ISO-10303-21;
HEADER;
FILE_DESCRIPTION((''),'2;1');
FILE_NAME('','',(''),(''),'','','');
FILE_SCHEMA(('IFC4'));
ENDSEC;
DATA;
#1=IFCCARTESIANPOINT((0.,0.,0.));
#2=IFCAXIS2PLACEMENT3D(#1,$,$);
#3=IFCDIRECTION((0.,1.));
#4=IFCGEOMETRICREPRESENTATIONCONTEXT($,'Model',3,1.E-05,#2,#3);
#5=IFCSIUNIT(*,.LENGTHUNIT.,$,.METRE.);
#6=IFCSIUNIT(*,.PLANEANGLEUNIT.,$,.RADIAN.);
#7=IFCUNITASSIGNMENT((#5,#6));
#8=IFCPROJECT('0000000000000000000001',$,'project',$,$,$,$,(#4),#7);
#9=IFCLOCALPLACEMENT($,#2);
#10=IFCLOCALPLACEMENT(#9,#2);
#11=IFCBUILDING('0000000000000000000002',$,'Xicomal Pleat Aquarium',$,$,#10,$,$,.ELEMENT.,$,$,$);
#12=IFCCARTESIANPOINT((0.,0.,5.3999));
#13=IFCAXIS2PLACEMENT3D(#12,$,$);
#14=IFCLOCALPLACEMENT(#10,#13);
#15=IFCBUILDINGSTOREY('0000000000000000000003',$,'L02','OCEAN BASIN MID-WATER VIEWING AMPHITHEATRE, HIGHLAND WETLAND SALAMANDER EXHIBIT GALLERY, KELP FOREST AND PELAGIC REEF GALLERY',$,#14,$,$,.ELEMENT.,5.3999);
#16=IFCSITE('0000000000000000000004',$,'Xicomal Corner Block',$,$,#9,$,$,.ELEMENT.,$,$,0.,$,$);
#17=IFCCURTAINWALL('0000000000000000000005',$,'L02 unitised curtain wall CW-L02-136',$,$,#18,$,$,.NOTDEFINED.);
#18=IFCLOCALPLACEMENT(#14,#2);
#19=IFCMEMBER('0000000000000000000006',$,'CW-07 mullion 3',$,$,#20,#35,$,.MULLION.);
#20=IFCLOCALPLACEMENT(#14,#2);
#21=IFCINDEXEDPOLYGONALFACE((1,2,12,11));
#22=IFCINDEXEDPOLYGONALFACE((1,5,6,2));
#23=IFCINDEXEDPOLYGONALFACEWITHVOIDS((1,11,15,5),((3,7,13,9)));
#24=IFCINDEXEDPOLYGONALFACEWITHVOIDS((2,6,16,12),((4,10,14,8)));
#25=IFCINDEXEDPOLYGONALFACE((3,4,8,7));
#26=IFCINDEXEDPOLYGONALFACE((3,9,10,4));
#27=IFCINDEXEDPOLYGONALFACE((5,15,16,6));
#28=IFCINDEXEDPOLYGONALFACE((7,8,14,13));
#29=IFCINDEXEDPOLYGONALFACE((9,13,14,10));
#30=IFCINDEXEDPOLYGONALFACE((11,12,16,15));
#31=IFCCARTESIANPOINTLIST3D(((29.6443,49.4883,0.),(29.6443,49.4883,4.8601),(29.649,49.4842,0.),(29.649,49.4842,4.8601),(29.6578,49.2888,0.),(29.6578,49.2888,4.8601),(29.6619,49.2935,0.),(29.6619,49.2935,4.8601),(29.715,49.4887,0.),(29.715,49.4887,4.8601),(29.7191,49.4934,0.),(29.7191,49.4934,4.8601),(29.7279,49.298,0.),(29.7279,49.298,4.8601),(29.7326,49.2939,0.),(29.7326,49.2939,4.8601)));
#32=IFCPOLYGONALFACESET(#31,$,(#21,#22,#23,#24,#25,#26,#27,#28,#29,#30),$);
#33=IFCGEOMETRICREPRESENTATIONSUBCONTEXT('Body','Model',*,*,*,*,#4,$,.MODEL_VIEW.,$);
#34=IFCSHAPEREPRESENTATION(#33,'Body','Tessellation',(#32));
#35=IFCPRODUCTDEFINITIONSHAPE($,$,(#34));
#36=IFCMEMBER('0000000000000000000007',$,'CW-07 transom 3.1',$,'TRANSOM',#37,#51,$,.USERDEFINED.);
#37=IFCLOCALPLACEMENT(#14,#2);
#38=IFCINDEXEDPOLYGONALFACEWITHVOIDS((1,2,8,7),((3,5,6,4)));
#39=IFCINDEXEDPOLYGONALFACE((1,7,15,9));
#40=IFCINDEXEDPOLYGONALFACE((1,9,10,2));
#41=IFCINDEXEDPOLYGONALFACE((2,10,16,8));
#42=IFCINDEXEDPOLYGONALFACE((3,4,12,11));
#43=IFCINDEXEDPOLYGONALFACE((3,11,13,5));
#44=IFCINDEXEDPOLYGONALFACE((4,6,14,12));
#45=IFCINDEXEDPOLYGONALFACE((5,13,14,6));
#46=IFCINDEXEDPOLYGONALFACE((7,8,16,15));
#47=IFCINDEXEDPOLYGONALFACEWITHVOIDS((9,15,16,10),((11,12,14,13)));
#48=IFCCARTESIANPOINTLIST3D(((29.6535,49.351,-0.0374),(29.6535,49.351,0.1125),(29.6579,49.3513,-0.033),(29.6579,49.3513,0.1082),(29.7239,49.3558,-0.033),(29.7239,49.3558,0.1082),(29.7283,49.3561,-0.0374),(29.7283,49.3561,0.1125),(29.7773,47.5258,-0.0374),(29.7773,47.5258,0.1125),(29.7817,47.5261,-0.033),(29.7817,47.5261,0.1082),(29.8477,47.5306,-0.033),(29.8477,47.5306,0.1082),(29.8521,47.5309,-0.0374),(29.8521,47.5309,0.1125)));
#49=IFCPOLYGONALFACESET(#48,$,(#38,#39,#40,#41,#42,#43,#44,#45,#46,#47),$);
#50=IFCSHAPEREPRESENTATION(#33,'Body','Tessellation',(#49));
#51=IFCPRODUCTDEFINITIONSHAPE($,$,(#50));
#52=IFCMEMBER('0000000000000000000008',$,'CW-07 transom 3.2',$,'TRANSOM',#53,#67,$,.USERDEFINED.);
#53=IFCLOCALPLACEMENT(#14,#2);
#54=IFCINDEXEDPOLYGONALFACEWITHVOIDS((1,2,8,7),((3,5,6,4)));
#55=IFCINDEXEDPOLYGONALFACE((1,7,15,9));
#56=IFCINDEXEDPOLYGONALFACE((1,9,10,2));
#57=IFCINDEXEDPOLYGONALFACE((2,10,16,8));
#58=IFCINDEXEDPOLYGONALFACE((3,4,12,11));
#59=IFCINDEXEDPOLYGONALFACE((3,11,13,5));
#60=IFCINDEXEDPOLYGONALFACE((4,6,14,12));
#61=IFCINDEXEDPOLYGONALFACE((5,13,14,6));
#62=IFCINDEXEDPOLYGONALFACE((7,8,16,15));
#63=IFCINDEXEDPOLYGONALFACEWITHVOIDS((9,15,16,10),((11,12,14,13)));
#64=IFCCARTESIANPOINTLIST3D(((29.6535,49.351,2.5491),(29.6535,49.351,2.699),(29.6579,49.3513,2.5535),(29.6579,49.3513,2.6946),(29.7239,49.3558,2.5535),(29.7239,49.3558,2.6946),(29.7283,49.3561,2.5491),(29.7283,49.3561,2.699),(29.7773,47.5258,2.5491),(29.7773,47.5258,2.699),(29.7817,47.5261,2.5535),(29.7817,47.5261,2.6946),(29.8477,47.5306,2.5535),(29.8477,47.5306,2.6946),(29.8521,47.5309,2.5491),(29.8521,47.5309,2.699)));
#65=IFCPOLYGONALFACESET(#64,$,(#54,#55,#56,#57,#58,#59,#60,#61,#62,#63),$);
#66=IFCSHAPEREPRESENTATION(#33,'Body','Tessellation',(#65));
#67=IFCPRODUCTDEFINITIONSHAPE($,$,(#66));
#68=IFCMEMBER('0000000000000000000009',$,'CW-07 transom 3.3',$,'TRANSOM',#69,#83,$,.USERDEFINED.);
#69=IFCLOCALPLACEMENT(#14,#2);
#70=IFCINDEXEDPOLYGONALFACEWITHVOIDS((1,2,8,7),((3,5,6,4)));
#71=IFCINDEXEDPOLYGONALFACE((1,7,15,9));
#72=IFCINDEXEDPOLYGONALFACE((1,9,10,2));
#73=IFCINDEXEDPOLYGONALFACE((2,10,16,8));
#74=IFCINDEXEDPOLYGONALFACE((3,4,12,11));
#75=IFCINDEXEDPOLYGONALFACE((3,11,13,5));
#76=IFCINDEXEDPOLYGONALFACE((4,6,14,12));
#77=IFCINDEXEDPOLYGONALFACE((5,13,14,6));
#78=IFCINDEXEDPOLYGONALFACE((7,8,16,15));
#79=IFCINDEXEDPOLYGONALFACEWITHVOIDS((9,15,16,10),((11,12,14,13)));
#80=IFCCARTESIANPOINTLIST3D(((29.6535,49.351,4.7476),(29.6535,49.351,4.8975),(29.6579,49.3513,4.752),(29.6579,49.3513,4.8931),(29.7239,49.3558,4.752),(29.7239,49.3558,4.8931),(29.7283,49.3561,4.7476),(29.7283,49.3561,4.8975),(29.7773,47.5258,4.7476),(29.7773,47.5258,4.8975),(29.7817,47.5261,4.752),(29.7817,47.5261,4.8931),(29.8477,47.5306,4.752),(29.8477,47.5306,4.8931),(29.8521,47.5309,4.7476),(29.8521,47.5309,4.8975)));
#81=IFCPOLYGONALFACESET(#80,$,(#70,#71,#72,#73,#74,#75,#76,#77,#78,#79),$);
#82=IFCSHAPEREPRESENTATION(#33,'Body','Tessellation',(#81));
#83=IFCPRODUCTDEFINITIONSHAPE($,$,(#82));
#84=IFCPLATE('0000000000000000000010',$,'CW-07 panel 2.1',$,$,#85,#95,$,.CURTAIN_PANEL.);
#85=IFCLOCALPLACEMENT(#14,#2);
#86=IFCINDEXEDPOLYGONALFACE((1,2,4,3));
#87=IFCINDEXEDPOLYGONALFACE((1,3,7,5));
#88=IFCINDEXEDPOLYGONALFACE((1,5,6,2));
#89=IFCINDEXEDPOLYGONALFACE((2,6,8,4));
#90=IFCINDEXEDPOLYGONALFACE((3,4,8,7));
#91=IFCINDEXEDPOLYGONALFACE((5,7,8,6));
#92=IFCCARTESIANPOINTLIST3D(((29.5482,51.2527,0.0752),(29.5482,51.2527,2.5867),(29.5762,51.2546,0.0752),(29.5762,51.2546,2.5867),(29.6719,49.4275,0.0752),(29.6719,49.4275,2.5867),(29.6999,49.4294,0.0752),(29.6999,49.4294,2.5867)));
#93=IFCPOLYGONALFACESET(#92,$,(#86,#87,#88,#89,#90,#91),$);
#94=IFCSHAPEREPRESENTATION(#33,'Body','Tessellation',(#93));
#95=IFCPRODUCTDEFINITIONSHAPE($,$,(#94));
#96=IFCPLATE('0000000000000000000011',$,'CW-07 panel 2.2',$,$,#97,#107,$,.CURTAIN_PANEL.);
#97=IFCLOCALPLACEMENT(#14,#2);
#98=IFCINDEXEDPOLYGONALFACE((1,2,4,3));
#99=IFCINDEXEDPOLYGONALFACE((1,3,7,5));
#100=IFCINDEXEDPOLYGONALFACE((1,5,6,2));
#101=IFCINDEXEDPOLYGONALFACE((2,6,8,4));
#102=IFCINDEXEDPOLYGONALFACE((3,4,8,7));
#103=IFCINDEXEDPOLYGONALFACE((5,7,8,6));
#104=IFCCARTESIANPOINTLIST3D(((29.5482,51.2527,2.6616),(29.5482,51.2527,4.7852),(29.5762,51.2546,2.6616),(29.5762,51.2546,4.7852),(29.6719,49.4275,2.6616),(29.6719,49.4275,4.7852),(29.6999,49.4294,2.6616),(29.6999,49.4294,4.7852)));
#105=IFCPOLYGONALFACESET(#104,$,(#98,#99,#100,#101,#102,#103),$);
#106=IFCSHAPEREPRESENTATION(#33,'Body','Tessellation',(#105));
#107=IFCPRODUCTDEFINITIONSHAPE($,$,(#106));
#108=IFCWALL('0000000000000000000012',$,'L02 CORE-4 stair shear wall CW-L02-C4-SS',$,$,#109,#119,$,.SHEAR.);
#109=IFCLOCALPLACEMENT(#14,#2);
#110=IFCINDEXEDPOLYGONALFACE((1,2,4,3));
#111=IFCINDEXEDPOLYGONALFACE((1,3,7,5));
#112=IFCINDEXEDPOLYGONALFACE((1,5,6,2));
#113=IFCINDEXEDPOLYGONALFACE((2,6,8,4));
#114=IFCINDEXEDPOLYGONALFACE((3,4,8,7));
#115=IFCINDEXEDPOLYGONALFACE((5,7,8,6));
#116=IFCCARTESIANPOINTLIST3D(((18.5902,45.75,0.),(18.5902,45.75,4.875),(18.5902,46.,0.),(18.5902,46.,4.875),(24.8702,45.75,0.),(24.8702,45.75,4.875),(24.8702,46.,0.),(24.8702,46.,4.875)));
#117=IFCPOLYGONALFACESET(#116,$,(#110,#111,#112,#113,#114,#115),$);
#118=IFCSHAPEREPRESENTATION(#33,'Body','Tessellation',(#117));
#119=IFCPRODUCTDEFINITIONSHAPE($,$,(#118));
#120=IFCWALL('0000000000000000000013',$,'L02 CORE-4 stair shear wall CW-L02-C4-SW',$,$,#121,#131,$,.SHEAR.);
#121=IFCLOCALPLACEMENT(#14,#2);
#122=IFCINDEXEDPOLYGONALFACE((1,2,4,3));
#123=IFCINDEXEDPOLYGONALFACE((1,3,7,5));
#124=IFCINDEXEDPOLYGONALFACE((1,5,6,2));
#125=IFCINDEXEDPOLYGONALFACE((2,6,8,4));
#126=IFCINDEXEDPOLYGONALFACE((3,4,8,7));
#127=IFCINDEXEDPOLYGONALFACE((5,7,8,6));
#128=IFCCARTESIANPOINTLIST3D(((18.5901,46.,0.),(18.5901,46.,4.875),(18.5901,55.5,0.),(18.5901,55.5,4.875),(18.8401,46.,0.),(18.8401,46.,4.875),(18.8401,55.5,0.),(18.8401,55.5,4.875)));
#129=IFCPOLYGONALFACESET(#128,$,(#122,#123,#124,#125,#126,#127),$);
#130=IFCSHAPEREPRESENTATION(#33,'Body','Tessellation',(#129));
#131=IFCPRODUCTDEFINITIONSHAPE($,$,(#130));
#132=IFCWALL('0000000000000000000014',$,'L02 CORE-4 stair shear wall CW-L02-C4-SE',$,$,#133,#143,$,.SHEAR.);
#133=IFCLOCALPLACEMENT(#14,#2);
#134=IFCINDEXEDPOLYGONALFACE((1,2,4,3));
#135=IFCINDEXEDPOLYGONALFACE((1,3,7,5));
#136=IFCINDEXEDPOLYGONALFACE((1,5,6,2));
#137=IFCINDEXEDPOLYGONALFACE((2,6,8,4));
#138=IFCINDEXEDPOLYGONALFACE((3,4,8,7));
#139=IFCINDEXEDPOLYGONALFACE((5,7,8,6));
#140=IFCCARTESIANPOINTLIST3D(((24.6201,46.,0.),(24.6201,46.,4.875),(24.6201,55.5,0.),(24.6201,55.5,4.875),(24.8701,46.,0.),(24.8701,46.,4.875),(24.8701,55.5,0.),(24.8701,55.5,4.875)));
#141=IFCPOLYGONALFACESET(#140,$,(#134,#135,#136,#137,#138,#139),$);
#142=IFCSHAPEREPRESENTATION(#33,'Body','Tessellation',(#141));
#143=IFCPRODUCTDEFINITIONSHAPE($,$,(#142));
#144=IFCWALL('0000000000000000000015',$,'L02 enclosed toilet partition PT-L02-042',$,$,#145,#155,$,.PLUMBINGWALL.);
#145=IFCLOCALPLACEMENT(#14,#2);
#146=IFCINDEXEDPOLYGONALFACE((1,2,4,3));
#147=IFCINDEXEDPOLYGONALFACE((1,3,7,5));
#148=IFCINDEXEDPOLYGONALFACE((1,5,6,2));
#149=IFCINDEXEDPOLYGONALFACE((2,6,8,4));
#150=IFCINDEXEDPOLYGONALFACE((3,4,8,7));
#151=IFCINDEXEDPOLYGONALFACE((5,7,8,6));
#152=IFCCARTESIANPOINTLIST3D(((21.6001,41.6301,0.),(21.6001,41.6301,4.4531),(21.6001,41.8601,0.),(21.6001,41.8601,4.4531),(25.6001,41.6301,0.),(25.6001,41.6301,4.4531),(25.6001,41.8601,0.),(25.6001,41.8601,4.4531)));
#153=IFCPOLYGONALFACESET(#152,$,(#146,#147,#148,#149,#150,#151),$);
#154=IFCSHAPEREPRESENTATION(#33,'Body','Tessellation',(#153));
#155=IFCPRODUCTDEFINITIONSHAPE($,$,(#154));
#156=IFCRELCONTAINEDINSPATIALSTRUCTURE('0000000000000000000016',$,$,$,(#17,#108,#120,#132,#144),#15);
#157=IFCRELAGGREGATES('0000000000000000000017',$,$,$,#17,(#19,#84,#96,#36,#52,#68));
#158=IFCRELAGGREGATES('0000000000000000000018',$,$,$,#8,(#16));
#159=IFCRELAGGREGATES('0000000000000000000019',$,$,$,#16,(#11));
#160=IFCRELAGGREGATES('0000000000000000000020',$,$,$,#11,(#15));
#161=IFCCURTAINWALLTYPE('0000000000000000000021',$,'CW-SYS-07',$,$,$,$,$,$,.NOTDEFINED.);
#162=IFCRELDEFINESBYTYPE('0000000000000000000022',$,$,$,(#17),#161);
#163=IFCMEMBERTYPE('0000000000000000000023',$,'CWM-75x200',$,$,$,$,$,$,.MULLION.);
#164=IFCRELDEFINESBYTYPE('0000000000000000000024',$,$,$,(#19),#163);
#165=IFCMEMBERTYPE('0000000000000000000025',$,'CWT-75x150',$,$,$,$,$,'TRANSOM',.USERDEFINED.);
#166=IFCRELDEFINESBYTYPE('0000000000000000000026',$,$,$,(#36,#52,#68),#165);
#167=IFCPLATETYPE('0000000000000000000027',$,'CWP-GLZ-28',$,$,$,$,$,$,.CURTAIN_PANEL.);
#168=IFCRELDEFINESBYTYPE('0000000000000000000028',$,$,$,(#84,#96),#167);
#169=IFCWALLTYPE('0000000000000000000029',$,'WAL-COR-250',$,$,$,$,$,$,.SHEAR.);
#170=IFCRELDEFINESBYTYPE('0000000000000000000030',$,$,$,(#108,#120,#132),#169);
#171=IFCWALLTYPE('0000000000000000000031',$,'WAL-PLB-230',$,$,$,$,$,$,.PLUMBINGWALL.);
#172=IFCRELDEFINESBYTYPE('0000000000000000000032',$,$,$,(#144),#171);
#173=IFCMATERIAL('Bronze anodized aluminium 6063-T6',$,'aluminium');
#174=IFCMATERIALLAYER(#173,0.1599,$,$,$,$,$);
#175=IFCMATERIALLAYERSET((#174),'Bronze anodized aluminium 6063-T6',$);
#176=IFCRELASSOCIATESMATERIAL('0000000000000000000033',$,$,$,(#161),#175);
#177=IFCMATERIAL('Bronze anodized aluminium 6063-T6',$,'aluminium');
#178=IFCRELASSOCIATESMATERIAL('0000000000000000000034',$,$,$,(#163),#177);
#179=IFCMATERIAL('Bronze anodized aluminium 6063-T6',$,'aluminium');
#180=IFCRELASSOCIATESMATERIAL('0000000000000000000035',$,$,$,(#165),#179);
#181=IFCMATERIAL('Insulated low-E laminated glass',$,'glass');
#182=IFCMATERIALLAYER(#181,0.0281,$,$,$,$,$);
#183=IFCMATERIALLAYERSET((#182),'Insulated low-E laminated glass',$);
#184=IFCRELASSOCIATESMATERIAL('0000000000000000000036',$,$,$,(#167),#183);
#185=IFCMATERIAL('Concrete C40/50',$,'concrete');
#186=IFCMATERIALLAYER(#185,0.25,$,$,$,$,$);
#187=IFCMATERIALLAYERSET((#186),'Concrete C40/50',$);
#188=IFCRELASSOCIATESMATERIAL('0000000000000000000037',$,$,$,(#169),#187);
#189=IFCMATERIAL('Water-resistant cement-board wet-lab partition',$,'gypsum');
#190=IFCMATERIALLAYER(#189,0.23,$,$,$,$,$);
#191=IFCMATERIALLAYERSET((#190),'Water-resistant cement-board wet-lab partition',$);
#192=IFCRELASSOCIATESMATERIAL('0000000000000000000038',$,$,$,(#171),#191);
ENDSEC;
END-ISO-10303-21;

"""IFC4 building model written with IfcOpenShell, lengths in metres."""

from ifc_helpers import new_model, si_unit, direction, frame, frame_2d, origin, origin_2d, place, context, subcontext, project, spatial, rectangle, hollow_rectangle, extrude, material, layer, layer_set, material_profile, profile_set, type_object, element, aggregate, save


model = new_model("IFC4")

# Units and contexts
model_context = context("Model", 3, precision=1e-05, world=origin(), true_north=direction((0.0, 1.0)))
body_context = subcontext(model_context, "Body", "Model", "MODEL_VIEW")
ifc_project = project(units=[si_unit("LENGTHUNIT", "METRE"), si_unit("PLANEANGLEUNIT", "RADIAN")], contexts=[model_context])

# Site, building, storey
site_placement = place(None, origin())
site = spatial("IfcSite", under=ifc_project, at=site_placement, Name="Xicomal Corner Block", CompositionType="ELEMENT", RefElevation=0.0)
building_placement = place(site_placement, origin())
building = spatial("IfcBuilding", under=site, at=building_placement, Name="Xicomal Pleat Aquarium", CompositionType="ELEMENT")
storey_placement = place(building_placement, frame((0.0, 0.0, 5.3999)))
storey = spatial("IfcBuildingStorey", under=building, at=storey_placement, Name="L02", Description="OCEAN BASIN MID-WATER VIEWING AMPHITHEATRE, HIGHLAND WETLAND SALAMANDER EXHIBIT GALLERY, KELP FOREST AND PELAGIC REEF GALLERY", CompositionType="ELEMENT", Elevation=5.3999)

# Curtain wall, members, plates
ifc_material_1 = material(Name="Bronze anodized aluminium 6063-T6", Category="aluminium")
ifc_layer_1 = layer(ifc_material_1, 0.1599)
ifc_layer_set_1 = layer_set([ifc_layer_1], Name="Bronze anodized aluminium 6063-T6")
curtain_wall_type = type_object("IfcCurtainWallType", Name="CW-SYS-07", PredefinedType="NOTDEFINED", material=ifc_layer_set_1)
curtain_wall_placement = place(storey_placement, origin())
curtain_wall = element("IfcCurtainWall", 1, at=curtain_wall_placement, inside=storey, type_object=curtain_wall_type, Name="L02 unitised curtain wall CW-L02-136", PredefinedType="NOTDEFINED")
ifc_material_2 = material(Name="Bronze anodized aluminium 6063-T6", Category="aluminium")
ifc_material_profile_1 = material_profile(ifc_material_2, hollow_rectangle(XDim=0.075, YDim=0.2, WallThickness=0.0044, at=origin_2d()), Name="ALU MULL 75x200")
ifc_profile_set_1 = profile_set([ifc_material_profile_1], Name="Bronze anodized aluminium 6063-T6")
member_type_1 = type_object("IfcMemberType", Name="CWM-75x200", PredefinedType="MULLION", material=ifc_profile_set_1)
member_1_placement = place(storey_placement, frame((29.6885, 49.3911, 0.0), z_axis=(0.0, 0.0, 1.0), x_axis=(0.997712, 0.067608, 0.0)))
member_1 = element("IfcMember", 2, at=member_1_placement, type_object=member_type_1, Name="CW-07 mullion 3", PredefinedType="MULLION", context=body_context, shape_type="SweptSolid", body=[
    extrude(hollow_rectangle(XDim=0.075, YDim=0.2, WallThickness=0.0044, at=origin_2d()), origin(), (0.0, 0.0, 1.0), 4.8601),
])
ifc_material_3 = material(Name="Bronze anodized aluminium 6063-T6", Category="aluminium")
ifc_material_profile_2 = material_profile(ifc_material_3, hollow_rectangle(XDim=0.075, YDim=0.1499, WallThickness=0.0044, at=origin_2d()), Name="ALU TRAN 75x150")
ifc_profile_set_2 = profile_set([ifc_material_profile_2], Name="Bronze anodized aluminium 6063-T6")
member_type_2 = type_object("IfcMemberType", Name="CWT-75x150", ElementType="TRANSOM", PredefinedType="USERDEFINED", material=ifc_profile_set_2)
member_2_placement = place(storey_placement, frame((29.6909, 49.3535, 0.0376), z_axis=(0.067662, -0.997708, 0.0), x_axis=(0.997708, 0.067662, 0.0)))
member_2 = element("IfcMember", 3, at=member_2_placement, type_object=member_type_2, Name="CW-07 transom 3.1", ObjectType="TRANSOM", PredefinedType="USERDEFINED", context=body_context, shape_type="SweptSolid", body=[
    extrude(hollow_rectangle(XDim=0.075, YDim=0.1499, WallThickness=0.0044, at=origin_2d()), origin(), (0.0, 0.0, 1.0), 1.8293),
])
member_3_placement = place(storey_placement, frame((29.6909, 49.3535, 2.624), z_axis=(0.067662, -0.997708, 0.0), x_axis=(0.997708, 0.067662, 0.0)))
member_3 = element("IfcMember", 4, at=member_3_placement, type_object=member_type_2, Name="CW-07 transom 3.2", ObjectType="TRANSOM", PredefinedType="USERDEFINED", context=body_context, shape_type="SweptSolid", body=[
    extrude(hollow_rectangle(XDim=0.075, YDim=0.1499, WallThickness=0.0044, at=origin_2d()), origin(), (0.0, 0.0, 1.0), 1.8293),
])
member_4_placement = place(storey_placement, frame((29.6909, 49.3535, 4.8225), z_axis=(0.067662, -0.997708, 0.0), x_axis=(0.997708, 0.067662, 0.0)))
member_4 = element("IfcMember", 5, at=member_4_placement, type_object=member_type_2, Name="CW-07 transom 3.3", ObjectType="TRANSOM", PredefinedType="USERDEFINED", context=body_context, shape_type="SweptSolid", body=[
    extrude(hollow_rectangle(XDim=0.075, YDim=0.1499, WallThickness=0.0044, at=origin_2d()), origin(), (0.0, 0.0, 1.0), 1.8293),
])
ifc_material_4 = material(Name="Insulated low-E laminated glass", Category="glass")
ifc_layer_2 = layer(ifc_material_4, 0.0281)
ifc_layer_set_2 = layer_set([ifc_layer_2], Name="Insulated low-E laminated glass")
plate_type = type_object("IfcPlateType", Name="CWP-GLZ-28", PredefinedType="CURTAIN_PANEL", material=ifc_layer_set_2)
plate_1_placement = place(storey_placement, frame((29.624, 50.3411, 0.0752), z_axis=(0.0, 0.0, 1.0), x_axis=(0.067608, -0.997712, 0.0)))
plate_1 = element("IfcPlate", 6, at=plate_1_placement, type_object=plate_type, Name="CW-07 panel 2.1", PredefinedType="CURTAIN_PANEL", context=body_context, shape_type="SweptSolid", body=[
    extrude(rectangle(XDim=1.8293, YDim=0.0281, at=origin_2d()), origin(), (0.0, 0.0, 1.0), 2.5115),
])
plate_2_placement = place(storey_placement, frame((29.624, 50.3411, 2.6616), z_axis=(0.0, 0.0, 1.0), x_axis=(0.067608, -0.997712, 0.0)))
plate_2 = element("IfcPlate", 7, at=plate_2_placement, type_object=plate_type, Name="CW-07 panel 2.2", PredefinedType="CURTAIN_PANEL", context=body_context, shape_type="SweptSolid", body=[
    extrude(rectangle(XDim=1.8293, YDim=0.0281, at=origin_2d()), origin(), (0.0, 0.0, 1.0), 2.1235),
])
aggregate(curtain_wall, [member_1, plate_1, plate_2, member_2, member_3, member_4])

# Walls
ifc_material_5 = material(Name="Concrete C40/50", Category="concrete")
ifc_layer_3 = layer(ifc_material_5, 0.25)
ifc_layer_set_3 = layer_set([ifc_layer_3], Name="Concrete C40/50")
wall_type_1 = type_object("IfcWallType", Name="WAL-COR-250", PredefinedType="SHEAR", material=ifc_layer_set_3)
wall_1_placement = place(storey_placement, frame((18.5901, 45.875, 0.0), z_axis=(0.0, 0.0, 1.0), x_axis=(1.0, 0.0, 0.0)))
element("IfcWall", 8, at=wall_1_placement, inside=storey, type_object=wall_type_1, Name="L02 CORE-4 stair shear wall CW-L02-C4-SS", PredefinedType="SHEAR", context=body_context, shape_type="SweptSolid", body=[
    extrude(rectangle(XDim=6.28, YDim=0.25, at=frame_2d((3.1401, 0.0))), origin(), (0.0, 0.0, 1.0), 4.875),
])
for number, where, z_axis, x_axis, name in (
    (9, (18.7151, 46.0, 0.0), (0.0, 0.0, 1.0), (0.0, 1.0, 0.0), "L02 CORE-4 stair shear wall CW-L02-C4-SW"),
    (10, (24.7451, 46.0, 0.0), (0.0, 0.0, 1.0), (0.0, 1.0, 0.0), "L02 CORE-4 stair shear wall CW-L02-C4-SE"),
):
    element("IfcWall", number, at=place(storey_placement, frame(where, z_axis=z_axis, x_axis=x_axis)), inside=storey, type_object=wall_type_1, Name=name, PredefinedType="SHEAR", context=body_context, shape_type="SweptSolid", body=[
        extrude(rectangle(XDim=9.5, YDim=0.25, at=frame_2d((4.75, 0.0))), origin(), (0.0, 0.0, 1.0), 4.875),
    ])
ifc_material_6 = material(Name="Water-resistant cement-board wet-lab partition", Category="gypsum")
ifc_layer_4 = layer(ifc_material_6, 0.23)
ifc_layer_set_4 = layer_set([ifc_layer_4], Name="Water-resistant cement-board wet-lab partition")
wall_type_2 = type_object("IfcWallType", Name="WAL-PLB-230", PredefinedType="PLUMBINGWALL", material=ifc_layer_set_4)
wall_2_placement = place(storey_placement, frame((21.6001, 41.7451, 0.0), z_axis=(0.0, 0.0, 1.0), x_axis=(1.0, 0.0, 0.0)))
element("IfcWall", 11, at=wall_2_placement, inside=storey, type_object=wall_type_2, Name="L02 enclosed toilet partition PT-L02-042", PredefinedType="PLUMBINGWALL", context=body_context, shape_type="SweptSolid", body=[
    extrude(rectangle(XDim=4.0, YDim=0.23, at=frame_2d((2.0, 0.0))), origin(), (0.0, 0.0, 1.0), 4.4531),
])

save(model, "model.ifc")
